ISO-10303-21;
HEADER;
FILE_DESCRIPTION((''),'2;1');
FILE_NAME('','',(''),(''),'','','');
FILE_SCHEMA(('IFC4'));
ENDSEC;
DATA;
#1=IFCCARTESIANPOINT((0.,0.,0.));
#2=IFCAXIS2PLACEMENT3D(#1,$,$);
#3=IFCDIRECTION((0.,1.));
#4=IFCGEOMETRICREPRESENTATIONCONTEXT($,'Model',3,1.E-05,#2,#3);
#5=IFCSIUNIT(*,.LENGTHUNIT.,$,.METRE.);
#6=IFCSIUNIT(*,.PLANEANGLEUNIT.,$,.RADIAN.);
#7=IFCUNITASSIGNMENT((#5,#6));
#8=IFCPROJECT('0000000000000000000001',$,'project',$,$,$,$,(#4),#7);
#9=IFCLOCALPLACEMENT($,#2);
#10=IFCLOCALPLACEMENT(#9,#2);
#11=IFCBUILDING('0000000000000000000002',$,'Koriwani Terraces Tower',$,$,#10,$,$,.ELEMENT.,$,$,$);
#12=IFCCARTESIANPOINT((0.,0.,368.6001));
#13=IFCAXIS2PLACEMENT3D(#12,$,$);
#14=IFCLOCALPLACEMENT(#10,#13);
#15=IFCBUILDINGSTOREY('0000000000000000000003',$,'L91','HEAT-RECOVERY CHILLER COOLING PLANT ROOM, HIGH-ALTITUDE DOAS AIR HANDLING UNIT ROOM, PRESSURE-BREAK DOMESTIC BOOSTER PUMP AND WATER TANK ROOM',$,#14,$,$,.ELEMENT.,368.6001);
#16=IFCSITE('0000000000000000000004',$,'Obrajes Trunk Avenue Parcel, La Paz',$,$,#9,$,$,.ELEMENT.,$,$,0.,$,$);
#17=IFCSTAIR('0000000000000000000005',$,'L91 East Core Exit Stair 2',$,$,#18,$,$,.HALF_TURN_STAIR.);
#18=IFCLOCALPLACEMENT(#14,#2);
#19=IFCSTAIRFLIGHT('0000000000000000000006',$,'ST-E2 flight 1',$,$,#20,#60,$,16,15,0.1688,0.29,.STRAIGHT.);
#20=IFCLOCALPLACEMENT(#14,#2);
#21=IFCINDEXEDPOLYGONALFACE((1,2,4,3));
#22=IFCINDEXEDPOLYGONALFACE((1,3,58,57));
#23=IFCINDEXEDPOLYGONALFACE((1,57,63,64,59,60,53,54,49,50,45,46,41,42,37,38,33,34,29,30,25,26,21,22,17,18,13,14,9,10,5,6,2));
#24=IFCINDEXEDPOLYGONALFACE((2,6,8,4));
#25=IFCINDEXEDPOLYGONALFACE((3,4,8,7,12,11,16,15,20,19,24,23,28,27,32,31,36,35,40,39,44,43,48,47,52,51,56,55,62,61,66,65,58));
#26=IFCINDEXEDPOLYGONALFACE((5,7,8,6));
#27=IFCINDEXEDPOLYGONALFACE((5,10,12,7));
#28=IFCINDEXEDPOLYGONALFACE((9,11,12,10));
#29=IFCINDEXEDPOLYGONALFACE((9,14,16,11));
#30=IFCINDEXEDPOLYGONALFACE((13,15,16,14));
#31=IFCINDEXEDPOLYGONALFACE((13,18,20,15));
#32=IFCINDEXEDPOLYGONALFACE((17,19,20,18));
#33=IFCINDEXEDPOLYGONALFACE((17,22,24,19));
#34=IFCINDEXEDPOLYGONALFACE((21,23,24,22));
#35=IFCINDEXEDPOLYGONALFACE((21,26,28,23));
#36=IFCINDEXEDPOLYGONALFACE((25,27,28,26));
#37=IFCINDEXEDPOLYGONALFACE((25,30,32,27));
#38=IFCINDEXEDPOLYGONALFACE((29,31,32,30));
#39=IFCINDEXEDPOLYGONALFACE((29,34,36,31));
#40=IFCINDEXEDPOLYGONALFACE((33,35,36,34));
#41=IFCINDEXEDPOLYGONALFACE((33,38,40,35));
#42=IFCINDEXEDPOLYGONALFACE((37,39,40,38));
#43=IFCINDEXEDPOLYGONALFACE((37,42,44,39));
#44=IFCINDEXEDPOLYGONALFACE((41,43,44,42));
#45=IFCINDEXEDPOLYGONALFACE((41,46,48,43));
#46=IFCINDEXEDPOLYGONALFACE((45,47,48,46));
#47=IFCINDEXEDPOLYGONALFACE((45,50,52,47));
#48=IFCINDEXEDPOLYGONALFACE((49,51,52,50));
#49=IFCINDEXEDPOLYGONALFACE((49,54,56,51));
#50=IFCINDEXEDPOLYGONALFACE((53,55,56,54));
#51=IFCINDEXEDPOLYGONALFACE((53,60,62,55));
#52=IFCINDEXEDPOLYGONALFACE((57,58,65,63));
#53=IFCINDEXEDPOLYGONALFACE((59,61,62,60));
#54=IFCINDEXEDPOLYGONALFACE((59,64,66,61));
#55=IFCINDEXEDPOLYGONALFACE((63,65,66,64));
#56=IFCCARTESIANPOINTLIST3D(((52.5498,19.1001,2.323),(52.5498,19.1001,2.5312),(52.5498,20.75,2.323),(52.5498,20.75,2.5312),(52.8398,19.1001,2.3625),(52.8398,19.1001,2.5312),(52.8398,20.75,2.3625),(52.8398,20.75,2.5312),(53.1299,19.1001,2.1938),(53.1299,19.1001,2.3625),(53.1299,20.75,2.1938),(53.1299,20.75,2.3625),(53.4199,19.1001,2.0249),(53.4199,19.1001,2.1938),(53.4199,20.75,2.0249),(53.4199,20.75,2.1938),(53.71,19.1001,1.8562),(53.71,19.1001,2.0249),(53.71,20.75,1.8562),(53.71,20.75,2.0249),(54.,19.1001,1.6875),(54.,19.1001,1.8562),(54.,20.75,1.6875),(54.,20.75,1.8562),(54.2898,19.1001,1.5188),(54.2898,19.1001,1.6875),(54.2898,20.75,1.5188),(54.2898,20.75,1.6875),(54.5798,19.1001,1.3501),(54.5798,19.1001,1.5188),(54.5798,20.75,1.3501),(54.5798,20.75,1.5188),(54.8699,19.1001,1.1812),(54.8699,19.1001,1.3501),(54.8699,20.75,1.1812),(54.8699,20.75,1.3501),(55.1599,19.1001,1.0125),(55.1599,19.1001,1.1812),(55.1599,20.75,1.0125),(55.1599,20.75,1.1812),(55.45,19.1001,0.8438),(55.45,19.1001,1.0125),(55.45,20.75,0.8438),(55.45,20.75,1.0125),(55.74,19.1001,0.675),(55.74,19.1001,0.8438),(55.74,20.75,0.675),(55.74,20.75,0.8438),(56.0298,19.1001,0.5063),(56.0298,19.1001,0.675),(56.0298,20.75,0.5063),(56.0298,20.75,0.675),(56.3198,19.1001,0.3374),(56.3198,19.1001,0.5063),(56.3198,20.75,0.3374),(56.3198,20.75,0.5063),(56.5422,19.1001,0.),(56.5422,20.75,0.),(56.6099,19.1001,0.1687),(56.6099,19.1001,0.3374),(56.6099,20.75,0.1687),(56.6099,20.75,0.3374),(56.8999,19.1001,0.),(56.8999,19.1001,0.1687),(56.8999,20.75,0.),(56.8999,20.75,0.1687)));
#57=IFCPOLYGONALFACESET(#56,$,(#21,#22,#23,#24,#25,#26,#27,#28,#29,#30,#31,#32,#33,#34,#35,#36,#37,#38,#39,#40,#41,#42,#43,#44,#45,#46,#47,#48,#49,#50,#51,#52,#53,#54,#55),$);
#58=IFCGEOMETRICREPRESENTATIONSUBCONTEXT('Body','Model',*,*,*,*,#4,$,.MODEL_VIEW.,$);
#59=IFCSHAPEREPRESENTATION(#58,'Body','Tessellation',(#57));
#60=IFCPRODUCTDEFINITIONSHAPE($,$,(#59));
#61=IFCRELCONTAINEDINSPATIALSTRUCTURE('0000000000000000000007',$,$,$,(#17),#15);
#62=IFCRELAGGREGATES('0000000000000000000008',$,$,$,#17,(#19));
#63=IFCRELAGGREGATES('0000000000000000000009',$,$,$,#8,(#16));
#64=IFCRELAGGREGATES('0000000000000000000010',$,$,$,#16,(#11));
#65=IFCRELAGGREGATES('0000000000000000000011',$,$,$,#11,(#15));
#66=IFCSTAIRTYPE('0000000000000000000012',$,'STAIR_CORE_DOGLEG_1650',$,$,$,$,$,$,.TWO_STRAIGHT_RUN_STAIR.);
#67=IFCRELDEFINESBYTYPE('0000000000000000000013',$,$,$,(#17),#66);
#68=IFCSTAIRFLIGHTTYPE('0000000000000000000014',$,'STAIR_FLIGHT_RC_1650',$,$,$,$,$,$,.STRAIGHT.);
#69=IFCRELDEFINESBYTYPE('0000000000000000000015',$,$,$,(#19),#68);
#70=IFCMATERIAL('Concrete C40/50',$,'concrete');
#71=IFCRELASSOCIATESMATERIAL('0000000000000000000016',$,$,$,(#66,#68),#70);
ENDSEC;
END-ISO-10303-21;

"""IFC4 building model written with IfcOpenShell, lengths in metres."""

from ifc_helpers import new_model, si_unit, direction, frame, origin, place, context, subcontext, project, spatial, polyline, outline, extrude, material, type_object, element, aggregate, save


model = new_model("IFC4")

# Units and contexts
model_context = context("Model", 3, precision=1e-05, world=origin(), true_north=direction((0.0, 1.0)))
body_context = subcontext(model_context, "Body", "Model", "MODEL_VIEW")
ifc_project = project(units=[si_unit("LENGTHUNIT", "METRE"), si_unit("PLANEANGLEUNIT", "RADIAN")], contexts=[model_context])

# Site, building, storey
site_placement = place(None, origin())
site = spatial("IfcSite", under=ifc_project, at=site_placement, Name="Obrajes Trunk Avenue Parcel, La Paz", CompositionType="ELEMENT", RefElevation=0.0)
building_placement = place(site_placement, origin())
building = spatial("IfcBuilding", under=site, at=building_placement, Name="Koriwani Terraces Tower", CompositionType="ELEMENT")
storey_placement = place(building_placement, frame((0.0, 0.0, 368.6001)))
storey = spatial("IfcBuildingStorey", under=building, at=storey_placement, Name="L91", Description="HEAT-RECOVERY CHILLER COOLING PLANT ROOM, HIGH-ALTITUDE DOAS AIR HANDLING UNIT ROOM, PRESSURE-BREAK DOMESTIC BOOSTER PUMP AND WATER TANK ROOM", CompositionType="ELEMENT", Elevation=368.6001)

# Shared definitions
ifc_material_1 = material(Name="Concrete C40/50", Category="concrete")

# Stair, stair flight
stair_type = type_object("IfcStairType", Name="STAIR_CORE_DOGLEG_1650", PredefinedType="TWO_STRAIGHT_RUN_STAIR", material=ifc_material_1)
stair_placement = place(storey_placement, origin())
stair = element("IfcStair", 1, at=stair_placement, inside=storey, type_object=stair_type, Name="L91 East Core Exit Stair 2", PredefinedType="HALF_TURN_STAIR")
stair_flight_type = type_object("IfcStairFlightType", Name="STAIR_FLIGHT_RC_1650", PredefinedType="STRAIGHT", material=ifc_material_1)
stair_flight_placement = place(storey_placement, frame((56.8999, 19.925, 0.0), z_axis=(0.0, 0.0, 1.0), x_axis=(-1.0, 0.0, 0.0)))
stair_flight = element("IfcStairFlight", 2, at=stair_flight_placement, type_object=stair_flight_type, Name="ST-E2 flight 1", NumberOfRisers=16, NumberOfTreads=15, PredefinedType="STRAIGHT", RiserHeight=0.1688, TreadLength=0.29, context=body_context, shape_type="SweptSolid", body=[
    extrude(outline(polyline([(0.0, 0.0), (0.0, 0.1687), (0.29, 0.1687), (0.29, 0.3374), (0.5801, 0.3374), (0.5801, 0.5063), (0.8701, 0.5063), (0.8701, 0.675), (1.1599, 0.675), (1.1599, 0.8438), (1.45, 0.8438), (1.45, 1.0125), (1.74, 1.0125), (1.74, 1.1812), (2.03, 1.1812), (2.03, 1.3501), (2.3201, 1.3501), (2.3201, 1.5188), (2.6101, 1.5188), (2.6101, 1.6875), (2.8999, 1.6875), (2.8999, 1.8562), (3.1899, 1.8562), (3.1899, 2.0249), (3.48, 2.0249), (3.48, 2.1938), (3.77, 2.1938), (3.77, 2.3625), (4.0601, 2.3625), (4.0601, 2.5312), (4.3501, 2.5312), (4.3501, 2.7), (4.3501, 2.323), (0.3577, 0.0), (0.0, 0.0)])), frame((0.0, 0.825, 0.0), z_axis=(0.0, -1.0, 0.0), x_axis=(1.0, 0.0, 0.0)), (0.0, 0.0, 1.0), 1.6499),
])
aggregate(stair, [stair_flight])

save(model, "model.ifc")
